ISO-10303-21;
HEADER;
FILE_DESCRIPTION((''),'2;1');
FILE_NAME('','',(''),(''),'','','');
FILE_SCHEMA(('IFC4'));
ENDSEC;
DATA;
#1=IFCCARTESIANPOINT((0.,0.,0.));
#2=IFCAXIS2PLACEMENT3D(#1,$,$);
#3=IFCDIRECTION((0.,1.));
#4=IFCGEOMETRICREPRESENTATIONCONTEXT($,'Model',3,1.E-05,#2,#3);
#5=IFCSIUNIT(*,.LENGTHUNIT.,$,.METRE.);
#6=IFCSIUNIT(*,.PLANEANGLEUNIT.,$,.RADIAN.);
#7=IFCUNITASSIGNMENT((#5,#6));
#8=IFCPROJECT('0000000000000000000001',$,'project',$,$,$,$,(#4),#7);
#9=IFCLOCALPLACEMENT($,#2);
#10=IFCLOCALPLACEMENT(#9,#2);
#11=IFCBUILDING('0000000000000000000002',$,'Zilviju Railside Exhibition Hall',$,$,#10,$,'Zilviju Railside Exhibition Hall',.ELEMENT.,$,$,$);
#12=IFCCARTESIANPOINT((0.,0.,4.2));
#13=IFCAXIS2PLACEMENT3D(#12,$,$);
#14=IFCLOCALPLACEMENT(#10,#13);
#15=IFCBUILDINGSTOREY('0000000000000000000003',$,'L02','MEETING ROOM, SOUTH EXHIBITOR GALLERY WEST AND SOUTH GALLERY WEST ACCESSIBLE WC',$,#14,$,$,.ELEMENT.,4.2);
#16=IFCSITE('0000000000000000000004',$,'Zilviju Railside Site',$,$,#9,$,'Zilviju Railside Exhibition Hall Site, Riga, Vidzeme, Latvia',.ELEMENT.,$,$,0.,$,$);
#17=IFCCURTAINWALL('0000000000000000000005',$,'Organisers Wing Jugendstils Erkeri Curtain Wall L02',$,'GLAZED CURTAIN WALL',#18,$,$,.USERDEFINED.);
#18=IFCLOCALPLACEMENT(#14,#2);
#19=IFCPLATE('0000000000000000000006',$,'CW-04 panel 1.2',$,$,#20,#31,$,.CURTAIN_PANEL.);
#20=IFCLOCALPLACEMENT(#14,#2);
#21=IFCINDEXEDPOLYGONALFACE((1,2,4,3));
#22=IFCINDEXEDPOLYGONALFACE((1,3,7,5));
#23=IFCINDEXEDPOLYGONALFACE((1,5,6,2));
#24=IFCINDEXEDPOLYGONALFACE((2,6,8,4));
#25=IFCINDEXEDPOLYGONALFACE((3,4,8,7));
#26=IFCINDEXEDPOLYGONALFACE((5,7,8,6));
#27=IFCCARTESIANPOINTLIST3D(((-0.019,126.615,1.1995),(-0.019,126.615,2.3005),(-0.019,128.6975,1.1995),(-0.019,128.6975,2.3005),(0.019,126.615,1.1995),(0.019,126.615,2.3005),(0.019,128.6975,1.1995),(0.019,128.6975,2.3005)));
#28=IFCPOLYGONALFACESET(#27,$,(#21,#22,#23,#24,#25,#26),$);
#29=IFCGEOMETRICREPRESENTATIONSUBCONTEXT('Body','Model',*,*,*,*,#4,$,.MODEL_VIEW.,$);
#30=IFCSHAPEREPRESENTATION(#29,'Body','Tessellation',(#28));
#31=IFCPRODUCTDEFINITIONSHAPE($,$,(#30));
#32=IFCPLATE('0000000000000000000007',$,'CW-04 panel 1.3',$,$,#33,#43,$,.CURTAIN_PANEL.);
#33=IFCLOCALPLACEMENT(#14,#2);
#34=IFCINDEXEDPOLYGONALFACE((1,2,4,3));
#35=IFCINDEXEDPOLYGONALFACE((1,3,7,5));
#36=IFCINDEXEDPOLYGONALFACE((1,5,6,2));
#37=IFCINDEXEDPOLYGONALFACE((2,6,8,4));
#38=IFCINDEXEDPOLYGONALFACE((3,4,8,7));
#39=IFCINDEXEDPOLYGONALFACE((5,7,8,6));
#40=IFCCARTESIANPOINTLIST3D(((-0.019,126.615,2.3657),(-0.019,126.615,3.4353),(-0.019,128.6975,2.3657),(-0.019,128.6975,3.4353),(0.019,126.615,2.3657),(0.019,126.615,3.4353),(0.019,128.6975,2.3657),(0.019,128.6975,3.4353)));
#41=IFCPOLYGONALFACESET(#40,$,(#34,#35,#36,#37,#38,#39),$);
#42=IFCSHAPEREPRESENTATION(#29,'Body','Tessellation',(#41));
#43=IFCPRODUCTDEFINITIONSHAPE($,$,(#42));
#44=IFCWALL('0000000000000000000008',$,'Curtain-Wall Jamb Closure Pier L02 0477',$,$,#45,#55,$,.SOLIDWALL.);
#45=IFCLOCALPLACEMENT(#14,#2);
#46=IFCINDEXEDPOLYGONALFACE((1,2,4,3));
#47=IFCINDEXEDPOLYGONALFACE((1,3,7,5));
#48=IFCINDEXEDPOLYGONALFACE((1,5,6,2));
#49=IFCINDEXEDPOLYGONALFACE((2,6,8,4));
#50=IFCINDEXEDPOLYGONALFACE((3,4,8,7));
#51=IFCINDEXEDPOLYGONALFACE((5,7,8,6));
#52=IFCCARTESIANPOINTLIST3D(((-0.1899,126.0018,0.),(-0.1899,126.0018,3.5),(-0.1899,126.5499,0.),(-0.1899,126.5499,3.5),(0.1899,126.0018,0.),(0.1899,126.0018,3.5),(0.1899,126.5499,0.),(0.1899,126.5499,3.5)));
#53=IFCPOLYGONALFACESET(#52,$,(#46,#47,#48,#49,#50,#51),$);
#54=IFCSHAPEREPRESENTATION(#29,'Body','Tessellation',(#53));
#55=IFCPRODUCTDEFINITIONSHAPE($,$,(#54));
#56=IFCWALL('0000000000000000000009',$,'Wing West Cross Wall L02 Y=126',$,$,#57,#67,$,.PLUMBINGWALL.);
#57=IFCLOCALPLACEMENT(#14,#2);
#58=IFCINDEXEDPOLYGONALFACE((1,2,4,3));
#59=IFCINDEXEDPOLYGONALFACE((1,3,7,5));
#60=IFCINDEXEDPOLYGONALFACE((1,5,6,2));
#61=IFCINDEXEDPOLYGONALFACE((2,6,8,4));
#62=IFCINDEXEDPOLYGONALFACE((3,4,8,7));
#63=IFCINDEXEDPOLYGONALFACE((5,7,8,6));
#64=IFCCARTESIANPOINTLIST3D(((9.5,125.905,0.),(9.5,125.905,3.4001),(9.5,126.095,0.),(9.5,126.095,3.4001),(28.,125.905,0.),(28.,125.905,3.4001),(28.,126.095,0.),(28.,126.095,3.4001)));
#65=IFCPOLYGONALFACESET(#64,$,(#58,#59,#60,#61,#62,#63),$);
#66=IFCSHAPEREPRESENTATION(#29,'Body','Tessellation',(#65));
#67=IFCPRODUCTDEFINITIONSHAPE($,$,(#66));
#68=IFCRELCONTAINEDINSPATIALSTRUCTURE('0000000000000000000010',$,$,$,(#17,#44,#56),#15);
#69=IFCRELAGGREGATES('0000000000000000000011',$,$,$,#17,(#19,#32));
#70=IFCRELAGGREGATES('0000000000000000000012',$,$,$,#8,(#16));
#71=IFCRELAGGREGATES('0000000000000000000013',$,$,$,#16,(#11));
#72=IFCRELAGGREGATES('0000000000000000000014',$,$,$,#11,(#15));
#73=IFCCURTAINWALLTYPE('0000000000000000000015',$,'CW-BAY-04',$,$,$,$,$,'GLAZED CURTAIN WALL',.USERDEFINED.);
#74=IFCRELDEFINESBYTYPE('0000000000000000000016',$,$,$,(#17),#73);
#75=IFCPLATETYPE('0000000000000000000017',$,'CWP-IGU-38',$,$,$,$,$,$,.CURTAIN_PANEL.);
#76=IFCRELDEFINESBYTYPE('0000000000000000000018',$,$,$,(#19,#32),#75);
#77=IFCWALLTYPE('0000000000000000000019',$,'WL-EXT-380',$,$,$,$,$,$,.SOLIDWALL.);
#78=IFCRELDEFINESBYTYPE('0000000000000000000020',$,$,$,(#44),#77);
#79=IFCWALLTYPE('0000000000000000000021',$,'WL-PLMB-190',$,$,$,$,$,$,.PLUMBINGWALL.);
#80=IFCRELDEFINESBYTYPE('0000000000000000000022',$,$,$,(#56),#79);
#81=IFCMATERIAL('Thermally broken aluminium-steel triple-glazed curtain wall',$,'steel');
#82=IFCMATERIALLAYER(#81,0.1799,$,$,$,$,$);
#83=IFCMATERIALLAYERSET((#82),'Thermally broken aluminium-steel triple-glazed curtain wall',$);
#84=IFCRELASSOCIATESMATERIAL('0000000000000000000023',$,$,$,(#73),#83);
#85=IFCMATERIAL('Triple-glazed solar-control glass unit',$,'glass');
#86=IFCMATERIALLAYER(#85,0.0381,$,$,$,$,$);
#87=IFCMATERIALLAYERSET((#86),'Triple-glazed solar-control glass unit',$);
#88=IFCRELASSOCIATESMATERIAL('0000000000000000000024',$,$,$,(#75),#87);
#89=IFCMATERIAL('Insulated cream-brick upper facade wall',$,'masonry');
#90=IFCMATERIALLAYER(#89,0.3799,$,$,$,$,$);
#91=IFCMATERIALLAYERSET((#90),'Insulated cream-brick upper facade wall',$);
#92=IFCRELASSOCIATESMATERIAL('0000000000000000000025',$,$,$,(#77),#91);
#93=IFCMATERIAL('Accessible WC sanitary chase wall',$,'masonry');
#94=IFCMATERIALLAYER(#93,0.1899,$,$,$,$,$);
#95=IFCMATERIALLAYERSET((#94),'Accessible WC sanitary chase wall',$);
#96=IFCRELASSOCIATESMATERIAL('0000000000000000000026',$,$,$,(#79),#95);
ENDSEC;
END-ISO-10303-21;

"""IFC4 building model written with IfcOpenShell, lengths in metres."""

from ifc_helpers import new_model, si_unit, direction, frame, frame_2d, origin, origin_2d, place, context, subcontext, project, spatial, rectangle, extrude, material, layer, layer_set, type_object, element, aggregate, save


model = new_model("IFC4")

# Units and contexts
model_context = context("Model", 3, precision=1e-05, world=origin(), true_north=direction((0.0, 1.0)))
body_context = subcontext(model_context, "Body", "Model", "MODEL_VIEW")
ifc_project = project(units=[si_unit("LENGTHUNIT", "METRE"), si_unit("PLANEANGLEUNIT", "RADIAN")], contexts=[model_context])

# Site, building, storey
site_placement = place(None, origin())
site = spatial("IfcSite", under=ifc_project, at=site_placement, Name="Zilviju Railside Site", LongName="Zilviju Railside Exhibition Hall Site, Riga, Vidzeme, Latvia", CompositionType="ELEMENT", RefElevation=0.0)
building_placement = place(site_placement, origin())
building = spatial("IfcBuilding", under=site, at=building_placement, Name="Zilviju Railside Exhibition Hall", LongName="Zilviju Railside Exhibition Hall", CompositionType="ELEMENT")
storey_placement = place(building_placement, frame((0.0, 0.0, 4.2)))
storey = spatial("IfcBuildingStorey", under=building, at=storey_placement, Name="L02", Description="MEETING ROOM, SOUTH EXHIBITOR GALLERY WEST AND SOUTH GALLERY WEST ACCESSIBLE WC", CompositionType="ELEMENT", Elevation=4.2)

# Curtain wall, plates
ifc_material_1 = material(Name="Thermally broken aluminium-steel triple-glazed curtain wall", Category="steel")
ifc_layer_1 = layer(ifc_material_1, 0.1799)
ifc_layer_set_1 = layer_set([ifc_layer_1], Name="Thermally broken aluminium-steel triple-glazed curtain wall")
curtain_wall_type = type_object("IfcCurtainWallType", Name="CW-BAY-04", ElementType="GLAZED CURTAIN WALL", PredefinedType="USERDEFINED", material=ifc_layer_set_1)
curtain_wall_placement = place(storey_placement, origin())
curtain_wall = element("IfcCurtainWall", 1, at=curtain_wall_placement, inside=storey, type_object=curtain_wall_type, Name="Organisers Wing Jugendstils Erkeri Curtain Wall L02", ObjectType="GLAZED CURTAIN WALL", PredefinedType="USERDEFINED")
ifc_material_2 = material(Name="Triple-glazed solar-control glass unit", Category="glass")
ifc_layer_2 = layer(ifc_material_2, 0.0381)
ifc_layer_set_2 = layer_set([ifc_layer_2], Name="Triple-glazed solar-control glass unit")
plate_type = type_object("IfcPlateType", Name="CWP-IGU-38", PredefinedType="CURTAIN_PANEL", material=ifc_layer_set_2)
plate_1_placement = place(storey_placement, frame((0.0, 127.6562, 1.1995), z_axis=(0.0, 0.0, 1.0), x_axis=(0.0, 1.0, 0.0)))
plate_1 = element("IfcPlate", 2, at=plate_1_placement, type_object=plate_type, Name="CW-04 panel 1.2", PredefinedType="CURTAIN_PANEL", context=body_context, shape_type="SweptSolid", body=[
    extrude(rectangle(XDim=2.0825, YDim=0.0381, at=origin_2d()), origin(), (0.0, 0.0, 1.0), 1.1011),
])
plate_2_placement = place(storey_placement, frame((0.0, 127.6562, 2.3657), z_axis=(0.0, 0.0, 1.0), x_axis=(0.0, 1.0, 0.0)))
plate_2 = element("IfcPlate", 3, at=plate_2_placement, type_object=plate_type, Name="CW-04 panel 1.3", PredefinedType="CURTAIN_PANEL", context=body_context, shape_type="SweptSolid", body=[
    extrude(rectangle(XDim=2.0825, YDim=0.0381, at=origin_2d()), origin(), (0.0, 0.0, 1.0), 1.0696),
])
aggregate(curtain_wall, [plate_1, plate_2])

# Walls
ifc_material_3 = material(Name="Insulated cream-brick upper facade wall", Category="masonry")
ifc_layer_3 = layer(ifc_material_3, 0.3799)
ifc_layer_set_3 = layer_set([ifc_layer_3], Name="Insulated cream-brick upper facade wall")
wall_type_1 = type_object("IfcWallType", Name="WL-EXT-380", PredefinedType="SOLIDWALL", material=ifc_layer_set_3)
wall_1_placement = place(storey_placement, frame((0.0, 126.002, 0.0), z_axis=(0.0, 0.0, 1.0), x_axis=(0.0, 1.0, 0.0)))
element("IfcWall", 4, at=wall_1_placement, inside=storey, type_object=wall_type_1, Name="Curtain-Wall Jamb Closure Pier L02 0477", PredefinedType="SOLIDWALL", context=body_context, shape_type="SweptSolid", body=[
    extrude(rectangle(XDim=0.5481, YDim=0.3799, at=frame_2d((0.2739, 0.0))), origin(), (0.0, 0.0, 1.0), 3.5),
])
ifc_material_4 = material(Name="Accessible WC sanitary chase wall", Category="masonry")
ifc_layer_4 = layer(ifc_material_4, 0.1899)
ifc_layer_set_4 = layer_set([ifc_layer_4], Name="Accessible WC sanitary chase wall")
wall_type_2 = type_object("IfcWallType", Name="WL-PLMB-190", PredefinedType="PLUMBINGWALL", material=ifc_layer_set_4)
wall_2_placement = place(storey_placement, frame((9.5, 126.0, 0.0), z_axis=(0.0, 0.0, 1.0), x_axis=(1.0, 0.0, 0.0)))
element("IfcWall", 5, at=wall_2_placement, inside=storey, type_object=wall_type_2, Name="Wing West Cross Wall L02 Y=126", PredefinedType="PLUMBINGWALL", context=body_context, shape_type="SweptSolid", body=[
    extrude(rectangle(XDim=18.5, YDim=0.1899, at=frame_2d((9.25, 0.0))), origin(), (0.0, 0.0, 1.0), 3.4001),
])

save(model, "model.ifc")
